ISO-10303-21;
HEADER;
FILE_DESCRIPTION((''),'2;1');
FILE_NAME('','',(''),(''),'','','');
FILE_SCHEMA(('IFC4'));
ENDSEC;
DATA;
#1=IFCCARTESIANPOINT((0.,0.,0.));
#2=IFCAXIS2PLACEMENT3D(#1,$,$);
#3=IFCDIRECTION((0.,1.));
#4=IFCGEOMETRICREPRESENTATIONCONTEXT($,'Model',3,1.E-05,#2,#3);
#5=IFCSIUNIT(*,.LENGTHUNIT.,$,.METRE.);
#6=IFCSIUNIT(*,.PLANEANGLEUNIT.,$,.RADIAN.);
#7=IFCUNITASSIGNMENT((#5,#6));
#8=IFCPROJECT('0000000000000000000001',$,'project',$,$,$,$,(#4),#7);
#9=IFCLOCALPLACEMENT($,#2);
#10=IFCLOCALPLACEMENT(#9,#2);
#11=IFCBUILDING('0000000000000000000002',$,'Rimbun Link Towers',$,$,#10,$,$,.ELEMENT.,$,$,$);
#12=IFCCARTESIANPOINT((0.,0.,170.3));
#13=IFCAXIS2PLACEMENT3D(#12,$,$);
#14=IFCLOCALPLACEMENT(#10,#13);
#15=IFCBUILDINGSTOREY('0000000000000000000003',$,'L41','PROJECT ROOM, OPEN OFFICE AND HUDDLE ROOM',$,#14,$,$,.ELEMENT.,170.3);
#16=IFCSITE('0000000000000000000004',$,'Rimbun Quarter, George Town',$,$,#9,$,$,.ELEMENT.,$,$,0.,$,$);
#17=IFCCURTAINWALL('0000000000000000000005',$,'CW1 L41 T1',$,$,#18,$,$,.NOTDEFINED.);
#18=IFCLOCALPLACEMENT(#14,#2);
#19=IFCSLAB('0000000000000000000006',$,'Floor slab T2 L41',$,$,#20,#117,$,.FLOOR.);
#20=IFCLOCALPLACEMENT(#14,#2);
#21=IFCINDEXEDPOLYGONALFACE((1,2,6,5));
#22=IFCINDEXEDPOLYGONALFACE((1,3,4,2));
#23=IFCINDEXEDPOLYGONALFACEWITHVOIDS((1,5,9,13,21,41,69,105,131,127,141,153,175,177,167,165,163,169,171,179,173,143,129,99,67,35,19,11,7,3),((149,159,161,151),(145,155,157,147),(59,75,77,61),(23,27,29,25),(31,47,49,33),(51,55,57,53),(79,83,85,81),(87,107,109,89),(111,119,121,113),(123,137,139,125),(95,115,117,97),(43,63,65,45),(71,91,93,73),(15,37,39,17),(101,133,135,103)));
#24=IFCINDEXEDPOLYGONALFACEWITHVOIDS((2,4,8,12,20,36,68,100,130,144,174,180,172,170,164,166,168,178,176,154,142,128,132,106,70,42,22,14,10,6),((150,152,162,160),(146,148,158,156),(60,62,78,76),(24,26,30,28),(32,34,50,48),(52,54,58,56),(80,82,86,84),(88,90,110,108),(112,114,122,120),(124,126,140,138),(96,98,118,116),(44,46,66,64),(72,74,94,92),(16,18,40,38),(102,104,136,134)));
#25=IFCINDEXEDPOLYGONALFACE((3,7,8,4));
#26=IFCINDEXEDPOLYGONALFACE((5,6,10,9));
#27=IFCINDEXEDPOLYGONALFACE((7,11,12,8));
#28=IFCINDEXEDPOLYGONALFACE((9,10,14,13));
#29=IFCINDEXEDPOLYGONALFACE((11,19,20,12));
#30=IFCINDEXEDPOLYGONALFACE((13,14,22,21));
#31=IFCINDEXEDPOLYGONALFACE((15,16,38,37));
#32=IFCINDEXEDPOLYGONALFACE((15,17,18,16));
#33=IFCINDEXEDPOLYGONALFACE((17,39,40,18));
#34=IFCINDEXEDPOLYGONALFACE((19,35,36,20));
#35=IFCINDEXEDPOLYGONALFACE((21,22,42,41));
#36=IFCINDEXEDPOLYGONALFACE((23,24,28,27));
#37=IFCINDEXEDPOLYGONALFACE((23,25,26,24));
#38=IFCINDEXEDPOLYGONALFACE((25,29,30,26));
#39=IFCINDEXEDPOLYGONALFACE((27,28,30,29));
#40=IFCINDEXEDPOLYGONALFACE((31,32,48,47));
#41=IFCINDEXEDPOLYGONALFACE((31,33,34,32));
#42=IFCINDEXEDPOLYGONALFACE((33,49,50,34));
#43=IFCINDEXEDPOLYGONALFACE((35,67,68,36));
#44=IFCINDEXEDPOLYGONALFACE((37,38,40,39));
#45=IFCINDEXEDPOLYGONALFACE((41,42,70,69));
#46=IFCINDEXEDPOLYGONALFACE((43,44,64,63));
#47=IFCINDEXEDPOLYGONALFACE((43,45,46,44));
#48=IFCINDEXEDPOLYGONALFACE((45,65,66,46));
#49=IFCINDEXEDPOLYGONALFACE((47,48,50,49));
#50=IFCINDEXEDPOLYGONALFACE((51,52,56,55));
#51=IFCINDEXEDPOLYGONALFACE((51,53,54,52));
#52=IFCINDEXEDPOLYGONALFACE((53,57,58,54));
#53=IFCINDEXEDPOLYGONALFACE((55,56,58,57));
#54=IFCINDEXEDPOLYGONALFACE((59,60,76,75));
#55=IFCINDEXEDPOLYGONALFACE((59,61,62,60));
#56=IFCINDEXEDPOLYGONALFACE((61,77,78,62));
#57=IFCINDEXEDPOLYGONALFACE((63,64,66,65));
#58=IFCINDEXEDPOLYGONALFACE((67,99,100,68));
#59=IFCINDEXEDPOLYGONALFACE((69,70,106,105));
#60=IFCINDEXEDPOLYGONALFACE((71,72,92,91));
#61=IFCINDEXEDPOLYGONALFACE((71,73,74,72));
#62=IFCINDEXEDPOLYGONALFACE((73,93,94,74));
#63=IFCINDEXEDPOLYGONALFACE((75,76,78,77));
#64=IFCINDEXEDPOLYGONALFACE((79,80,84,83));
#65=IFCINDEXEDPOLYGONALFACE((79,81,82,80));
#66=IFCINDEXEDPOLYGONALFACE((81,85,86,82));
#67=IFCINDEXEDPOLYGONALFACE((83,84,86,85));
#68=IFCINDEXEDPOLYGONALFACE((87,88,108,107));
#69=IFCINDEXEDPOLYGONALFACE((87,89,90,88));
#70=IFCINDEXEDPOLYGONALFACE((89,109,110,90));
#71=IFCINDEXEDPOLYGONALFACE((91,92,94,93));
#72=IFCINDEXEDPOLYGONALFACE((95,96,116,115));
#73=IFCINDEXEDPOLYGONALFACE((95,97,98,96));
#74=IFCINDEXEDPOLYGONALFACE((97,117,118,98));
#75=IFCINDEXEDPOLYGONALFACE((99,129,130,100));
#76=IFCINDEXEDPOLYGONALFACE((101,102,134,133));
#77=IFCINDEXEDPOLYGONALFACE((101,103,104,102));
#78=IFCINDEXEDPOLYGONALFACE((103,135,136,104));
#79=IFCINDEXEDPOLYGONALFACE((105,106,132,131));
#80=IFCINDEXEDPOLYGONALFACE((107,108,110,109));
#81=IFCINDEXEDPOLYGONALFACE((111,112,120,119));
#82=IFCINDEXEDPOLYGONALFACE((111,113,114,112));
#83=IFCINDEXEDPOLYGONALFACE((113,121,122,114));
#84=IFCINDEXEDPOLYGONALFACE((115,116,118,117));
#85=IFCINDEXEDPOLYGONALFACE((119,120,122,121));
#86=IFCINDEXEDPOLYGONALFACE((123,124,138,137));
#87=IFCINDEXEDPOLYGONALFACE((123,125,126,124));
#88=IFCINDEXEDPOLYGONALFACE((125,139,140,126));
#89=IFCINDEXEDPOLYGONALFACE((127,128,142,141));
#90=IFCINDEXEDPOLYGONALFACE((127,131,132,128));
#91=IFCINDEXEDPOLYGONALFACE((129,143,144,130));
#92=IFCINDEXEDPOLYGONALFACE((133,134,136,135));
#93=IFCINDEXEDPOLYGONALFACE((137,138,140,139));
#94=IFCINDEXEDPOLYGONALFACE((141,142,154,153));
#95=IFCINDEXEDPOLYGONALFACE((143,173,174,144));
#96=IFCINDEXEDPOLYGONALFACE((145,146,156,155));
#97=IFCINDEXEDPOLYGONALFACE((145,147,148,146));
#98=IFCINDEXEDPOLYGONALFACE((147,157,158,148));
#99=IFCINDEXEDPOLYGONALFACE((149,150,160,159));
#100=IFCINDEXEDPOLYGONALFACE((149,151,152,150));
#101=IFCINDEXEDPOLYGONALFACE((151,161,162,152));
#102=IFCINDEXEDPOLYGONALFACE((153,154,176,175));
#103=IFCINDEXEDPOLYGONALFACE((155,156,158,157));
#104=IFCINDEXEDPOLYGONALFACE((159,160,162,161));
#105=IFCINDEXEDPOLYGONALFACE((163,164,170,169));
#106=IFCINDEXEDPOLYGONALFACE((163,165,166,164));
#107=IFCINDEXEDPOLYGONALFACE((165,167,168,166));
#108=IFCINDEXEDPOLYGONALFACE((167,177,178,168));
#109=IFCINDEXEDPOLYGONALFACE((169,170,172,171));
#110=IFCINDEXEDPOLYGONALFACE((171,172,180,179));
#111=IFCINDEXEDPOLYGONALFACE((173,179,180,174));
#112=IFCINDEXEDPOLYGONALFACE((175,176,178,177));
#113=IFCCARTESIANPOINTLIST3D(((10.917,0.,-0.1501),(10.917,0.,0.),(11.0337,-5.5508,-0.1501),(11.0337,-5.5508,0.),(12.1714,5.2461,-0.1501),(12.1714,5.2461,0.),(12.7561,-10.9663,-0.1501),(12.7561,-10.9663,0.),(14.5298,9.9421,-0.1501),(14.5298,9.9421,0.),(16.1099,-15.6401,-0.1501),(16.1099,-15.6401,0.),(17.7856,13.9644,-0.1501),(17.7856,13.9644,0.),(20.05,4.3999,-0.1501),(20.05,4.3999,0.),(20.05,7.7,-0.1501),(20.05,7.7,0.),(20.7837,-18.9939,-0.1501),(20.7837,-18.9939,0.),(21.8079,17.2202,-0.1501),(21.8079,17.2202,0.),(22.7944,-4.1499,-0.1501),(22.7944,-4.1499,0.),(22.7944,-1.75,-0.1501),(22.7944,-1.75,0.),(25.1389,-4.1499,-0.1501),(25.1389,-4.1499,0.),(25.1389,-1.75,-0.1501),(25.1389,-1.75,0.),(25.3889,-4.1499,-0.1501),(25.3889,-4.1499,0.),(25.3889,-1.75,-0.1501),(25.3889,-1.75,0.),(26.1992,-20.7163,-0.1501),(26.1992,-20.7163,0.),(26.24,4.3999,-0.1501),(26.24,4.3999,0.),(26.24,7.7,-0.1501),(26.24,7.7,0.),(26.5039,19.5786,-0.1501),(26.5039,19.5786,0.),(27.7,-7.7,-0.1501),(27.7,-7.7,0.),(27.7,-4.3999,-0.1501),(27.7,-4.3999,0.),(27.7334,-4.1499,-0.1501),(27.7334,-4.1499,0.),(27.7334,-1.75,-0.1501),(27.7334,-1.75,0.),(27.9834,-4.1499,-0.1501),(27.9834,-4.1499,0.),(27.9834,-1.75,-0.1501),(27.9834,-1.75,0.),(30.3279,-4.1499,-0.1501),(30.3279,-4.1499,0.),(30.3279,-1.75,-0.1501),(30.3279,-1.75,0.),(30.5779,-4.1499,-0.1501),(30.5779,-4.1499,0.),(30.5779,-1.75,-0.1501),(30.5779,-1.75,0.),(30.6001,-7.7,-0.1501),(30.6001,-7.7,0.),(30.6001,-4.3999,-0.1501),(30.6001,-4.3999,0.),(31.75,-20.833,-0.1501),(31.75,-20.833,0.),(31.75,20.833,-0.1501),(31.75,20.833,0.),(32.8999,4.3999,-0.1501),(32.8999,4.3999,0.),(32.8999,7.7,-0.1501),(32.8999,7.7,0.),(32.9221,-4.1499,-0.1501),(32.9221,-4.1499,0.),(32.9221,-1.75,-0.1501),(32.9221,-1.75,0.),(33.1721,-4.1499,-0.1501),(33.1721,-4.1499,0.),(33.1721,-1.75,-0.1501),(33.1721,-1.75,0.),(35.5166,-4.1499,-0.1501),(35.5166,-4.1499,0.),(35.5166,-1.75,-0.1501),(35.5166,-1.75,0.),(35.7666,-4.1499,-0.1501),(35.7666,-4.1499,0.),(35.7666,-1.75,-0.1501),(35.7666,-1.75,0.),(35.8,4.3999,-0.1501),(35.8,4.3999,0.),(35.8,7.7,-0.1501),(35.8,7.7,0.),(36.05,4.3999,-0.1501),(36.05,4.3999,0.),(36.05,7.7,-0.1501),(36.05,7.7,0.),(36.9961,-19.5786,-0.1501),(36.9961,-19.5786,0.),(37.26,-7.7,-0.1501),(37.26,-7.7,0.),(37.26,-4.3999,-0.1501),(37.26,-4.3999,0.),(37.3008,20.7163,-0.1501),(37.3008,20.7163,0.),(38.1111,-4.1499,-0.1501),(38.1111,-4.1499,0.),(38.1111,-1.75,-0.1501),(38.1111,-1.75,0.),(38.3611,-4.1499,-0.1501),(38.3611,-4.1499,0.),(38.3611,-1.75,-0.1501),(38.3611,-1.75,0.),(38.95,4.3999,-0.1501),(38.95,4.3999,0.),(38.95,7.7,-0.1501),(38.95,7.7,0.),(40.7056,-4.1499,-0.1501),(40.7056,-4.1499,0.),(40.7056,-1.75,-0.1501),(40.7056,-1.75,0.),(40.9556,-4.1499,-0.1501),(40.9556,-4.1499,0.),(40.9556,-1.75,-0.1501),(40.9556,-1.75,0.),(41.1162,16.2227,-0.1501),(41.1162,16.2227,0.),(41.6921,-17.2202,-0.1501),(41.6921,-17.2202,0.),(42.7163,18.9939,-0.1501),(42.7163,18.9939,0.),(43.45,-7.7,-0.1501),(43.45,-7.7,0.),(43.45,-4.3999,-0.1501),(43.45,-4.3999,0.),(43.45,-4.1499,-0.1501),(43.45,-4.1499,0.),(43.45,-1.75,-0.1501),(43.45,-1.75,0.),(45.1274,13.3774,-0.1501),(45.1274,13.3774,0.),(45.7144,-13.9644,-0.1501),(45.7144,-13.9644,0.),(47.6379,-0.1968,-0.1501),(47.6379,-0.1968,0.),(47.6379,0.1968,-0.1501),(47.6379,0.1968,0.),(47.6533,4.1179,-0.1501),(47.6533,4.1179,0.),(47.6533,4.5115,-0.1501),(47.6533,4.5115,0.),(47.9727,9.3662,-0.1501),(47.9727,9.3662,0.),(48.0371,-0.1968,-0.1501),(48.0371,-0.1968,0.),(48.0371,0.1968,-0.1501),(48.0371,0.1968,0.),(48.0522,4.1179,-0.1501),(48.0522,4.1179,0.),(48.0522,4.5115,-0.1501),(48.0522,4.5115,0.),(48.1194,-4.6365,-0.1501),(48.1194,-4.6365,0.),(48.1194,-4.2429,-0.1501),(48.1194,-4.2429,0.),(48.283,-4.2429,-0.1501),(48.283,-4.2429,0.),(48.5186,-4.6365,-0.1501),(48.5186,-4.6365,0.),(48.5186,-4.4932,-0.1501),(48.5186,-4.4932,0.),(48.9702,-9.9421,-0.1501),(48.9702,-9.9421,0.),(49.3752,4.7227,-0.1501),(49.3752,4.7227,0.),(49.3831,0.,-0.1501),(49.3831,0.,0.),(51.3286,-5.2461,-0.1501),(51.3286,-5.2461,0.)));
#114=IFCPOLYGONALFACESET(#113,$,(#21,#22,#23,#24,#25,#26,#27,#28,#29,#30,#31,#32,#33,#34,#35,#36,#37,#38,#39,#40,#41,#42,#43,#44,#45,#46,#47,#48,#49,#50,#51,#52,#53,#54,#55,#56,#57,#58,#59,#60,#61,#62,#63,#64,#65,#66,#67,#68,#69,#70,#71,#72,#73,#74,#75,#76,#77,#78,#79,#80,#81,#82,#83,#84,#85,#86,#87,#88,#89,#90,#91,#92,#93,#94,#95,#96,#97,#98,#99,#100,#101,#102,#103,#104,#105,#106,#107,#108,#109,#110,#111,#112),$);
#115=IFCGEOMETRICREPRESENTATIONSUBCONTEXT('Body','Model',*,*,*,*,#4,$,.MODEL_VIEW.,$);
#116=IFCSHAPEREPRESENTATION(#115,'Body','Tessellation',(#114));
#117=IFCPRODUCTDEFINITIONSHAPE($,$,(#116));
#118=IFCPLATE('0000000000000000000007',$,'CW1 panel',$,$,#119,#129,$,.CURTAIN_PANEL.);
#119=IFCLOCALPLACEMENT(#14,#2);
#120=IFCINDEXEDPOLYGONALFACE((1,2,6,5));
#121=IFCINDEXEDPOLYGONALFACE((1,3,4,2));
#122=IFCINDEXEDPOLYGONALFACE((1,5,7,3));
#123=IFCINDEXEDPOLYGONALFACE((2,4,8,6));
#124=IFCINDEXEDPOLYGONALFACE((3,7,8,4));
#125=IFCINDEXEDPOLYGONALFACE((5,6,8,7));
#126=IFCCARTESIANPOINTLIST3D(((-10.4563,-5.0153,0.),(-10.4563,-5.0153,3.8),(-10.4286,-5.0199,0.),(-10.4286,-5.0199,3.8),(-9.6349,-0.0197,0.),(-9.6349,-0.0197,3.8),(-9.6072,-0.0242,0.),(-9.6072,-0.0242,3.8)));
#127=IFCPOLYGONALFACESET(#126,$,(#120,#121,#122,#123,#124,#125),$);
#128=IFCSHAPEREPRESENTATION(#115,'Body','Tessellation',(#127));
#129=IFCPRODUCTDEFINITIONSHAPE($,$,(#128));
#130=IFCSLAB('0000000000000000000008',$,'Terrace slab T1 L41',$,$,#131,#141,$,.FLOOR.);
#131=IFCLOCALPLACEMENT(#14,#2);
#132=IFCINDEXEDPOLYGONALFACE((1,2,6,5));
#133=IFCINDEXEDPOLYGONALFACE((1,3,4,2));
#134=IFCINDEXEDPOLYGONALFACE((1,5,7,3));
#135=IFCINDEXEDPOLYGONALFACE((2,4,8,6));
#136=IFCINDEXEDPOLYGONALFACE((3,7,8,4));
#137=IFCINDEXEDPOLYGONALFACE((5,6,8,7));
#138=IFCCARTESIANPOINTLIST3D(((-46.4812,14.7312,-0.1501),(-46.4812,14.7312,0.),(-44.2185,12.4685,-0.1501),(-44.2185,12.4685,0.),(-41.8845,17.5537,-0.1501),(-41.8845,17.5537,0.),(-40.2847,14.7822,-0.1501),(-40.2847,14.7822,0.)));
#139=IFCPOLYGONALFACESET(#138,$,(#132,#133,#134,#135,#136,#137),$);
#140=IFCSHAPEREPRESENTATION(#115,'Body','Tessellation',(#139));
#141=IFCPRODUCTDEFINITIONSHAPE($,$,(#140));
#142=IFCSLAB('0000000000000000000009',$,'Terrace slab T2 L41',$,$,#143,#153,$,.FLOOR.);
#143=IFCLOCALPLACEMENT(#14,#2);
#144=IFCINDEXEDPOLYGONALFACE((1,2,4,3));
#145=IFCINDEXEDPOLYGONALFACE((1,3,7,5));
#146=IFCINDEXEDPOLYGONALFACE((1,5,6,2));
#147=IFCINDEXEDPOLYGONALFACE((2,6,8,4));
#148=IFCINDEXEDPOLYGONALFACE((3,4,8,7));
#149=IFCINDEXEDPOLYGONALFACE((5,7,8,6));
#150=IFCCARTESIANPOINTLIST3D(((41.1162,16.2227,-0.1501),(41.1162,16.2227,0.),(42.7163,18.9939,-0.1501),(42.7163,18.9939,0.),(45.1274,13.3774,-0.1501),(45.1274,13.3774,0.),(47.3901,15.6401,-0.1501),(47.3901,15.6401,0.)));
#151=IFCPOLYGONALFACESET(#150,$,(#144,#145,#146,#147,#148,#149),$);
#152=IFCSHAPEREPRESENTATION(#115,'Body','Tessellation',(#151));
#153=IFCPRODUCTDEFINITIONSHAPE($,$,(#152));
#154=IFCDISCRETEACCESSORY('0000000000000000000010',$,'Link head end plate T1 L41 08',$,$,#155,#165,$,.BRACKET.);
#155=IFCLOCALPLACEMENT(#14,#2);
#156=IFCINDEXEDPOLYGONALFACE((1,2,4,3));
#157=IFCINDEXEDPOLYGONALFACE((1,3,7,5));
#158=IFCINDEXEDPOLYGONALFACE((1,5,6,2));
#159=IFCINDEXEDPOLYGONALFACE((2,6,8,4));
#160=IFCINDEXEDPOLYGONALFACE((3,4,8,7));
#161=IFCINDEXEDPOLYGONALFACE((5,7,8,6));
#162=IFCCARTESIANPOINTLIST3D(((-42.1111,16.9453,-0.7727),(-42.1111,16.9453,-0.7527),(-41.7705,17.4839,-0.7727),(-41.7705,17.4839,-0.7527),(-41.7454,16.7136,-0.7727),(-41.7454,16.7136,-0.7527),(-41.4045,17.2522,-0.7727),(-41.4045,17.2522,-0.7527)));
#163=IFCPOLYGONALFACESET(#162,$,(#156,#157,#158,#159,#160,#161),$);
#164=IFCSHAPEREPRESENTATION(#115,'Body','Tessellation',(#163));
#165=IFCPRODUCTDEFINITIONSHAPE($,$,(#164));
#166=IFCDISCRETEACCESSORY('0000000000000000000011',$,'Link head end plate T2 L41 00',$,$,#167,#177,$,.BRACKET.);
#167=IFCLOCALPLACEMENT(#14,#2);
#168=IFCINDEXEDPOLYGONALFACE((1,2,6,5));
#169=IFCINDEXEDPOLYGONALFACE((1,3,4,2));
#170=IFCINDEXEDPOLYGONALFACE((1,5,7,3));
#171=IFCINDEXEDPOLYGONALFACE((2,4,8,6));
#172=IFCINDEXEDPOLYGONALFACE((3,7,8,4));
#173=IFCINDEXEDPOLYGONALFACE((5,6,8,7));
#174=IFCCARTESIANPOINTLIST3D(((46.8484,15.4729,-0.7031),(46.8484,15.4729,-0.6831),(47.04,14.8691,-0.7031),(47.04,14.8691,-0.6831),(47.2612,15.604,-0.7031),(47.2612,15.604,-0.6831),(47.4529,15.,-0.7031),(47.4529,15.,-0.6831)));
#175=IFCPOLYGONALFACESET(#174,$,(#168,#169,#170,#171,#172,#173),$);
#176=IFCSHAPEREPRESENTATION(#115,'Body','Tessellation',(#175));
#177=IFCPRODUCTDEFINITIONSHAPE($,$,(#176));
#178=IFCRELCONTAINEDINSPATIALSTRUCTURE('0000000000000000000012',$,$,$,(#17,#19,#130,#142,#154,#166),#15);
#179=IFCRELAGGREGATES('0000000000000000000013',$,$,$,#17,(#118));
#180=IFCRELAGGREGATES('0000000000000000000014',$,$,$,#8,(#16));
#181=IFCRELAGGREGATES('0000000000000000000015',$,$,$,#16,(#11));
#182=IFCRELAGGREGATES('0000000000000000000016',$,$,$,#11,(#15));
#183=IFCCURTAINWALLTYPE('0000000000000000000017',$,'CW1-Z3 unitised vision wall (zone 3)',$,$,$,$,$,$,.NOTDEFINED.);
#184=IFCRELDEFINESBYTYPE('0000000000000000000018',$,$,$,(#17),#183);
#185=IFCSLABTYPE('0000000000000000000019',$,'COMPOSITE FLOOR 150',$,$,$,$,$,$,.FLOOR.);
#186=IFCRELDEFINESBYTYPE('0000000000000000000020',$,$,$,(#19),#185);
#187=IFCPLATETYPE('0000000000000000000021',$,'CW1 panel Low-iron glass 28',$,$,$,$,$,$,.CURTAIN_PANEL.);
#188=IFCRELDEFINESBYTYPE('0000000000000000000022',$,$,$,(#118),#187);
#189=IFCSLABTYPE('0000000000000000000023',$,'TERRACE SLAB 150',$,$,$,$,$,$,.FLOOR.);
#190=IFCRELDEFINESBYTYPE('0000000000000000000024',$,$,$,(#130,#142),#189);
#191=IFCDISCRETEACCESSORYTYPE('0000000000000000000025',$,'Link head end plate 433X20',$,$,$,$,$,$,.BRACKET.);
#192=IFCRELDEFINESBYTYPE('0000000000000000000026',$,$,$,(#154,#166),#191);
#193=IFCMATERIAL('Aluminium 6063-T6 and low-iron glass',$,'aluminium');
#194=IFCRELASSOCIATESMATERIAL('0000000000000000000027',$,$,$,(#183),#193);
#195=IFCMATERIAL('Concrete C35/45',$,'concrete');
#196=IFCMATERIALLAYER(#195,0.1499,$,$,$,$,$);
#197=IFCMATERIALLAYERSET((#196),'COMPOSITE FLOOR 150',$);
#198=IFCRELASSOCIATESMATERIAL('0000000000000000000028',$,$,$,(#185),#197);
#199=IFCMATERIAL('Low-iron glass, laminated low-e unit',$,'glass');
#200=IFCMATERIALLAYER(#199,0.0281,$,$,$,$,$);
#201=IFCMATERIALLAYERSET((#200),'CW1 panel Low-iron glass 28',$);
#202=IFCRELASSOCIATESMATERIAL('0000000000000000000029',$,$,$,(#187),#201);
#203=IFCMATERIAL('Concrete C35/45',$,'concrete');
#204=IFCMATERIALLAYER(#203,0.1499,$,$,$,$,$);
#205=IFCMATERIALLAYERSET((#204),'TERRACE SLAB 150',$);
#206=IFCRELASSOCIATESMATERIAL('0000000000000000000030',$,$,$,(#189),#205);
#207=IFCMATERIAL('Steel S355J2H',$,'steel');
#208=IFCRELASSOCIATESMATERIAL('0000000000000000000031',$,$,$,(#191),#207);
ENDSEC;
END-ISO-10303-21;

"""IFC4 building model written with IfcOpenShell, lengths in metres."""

from ifc_helpers import new_model, si_unit, direction, frame, origin, origin_2d, place, context, subcontext, project, spatial, polyline, rectangle, outline, extrude, material, layer, layer_set, material_profile, profile_set, type_object, element, aggregate, save


model = new_model("IFC4")

# Units and contexts
model_context = context("Model", 3, precision=1e-05, world=origin(), true_north=direction((0.0, 1.0)))
body_context = subcontext(model_context, "Body", "Model", "MODEL_VIEW")
ifc_project = project(units=[si_unit("LENGTHUNIT", "METRE"), si_unit("PLANEANGLEUNIT", "RADIAN")], contexts=[model_context])

# Site, building, storey
site_placement = place(None, origin())
site = spatial("IfcSite", under=ifc_project, at=site_placement, Name="Rimbun Quarter, George Town", CompositionType="ELEMENT", RefElevation=0.0)
building_placement = place(site_placement, origin())
building = spatial("IfcBuilding", under=site, at=building_placement, Name="Rimbun Link Towers", CompositionType="ELEMENT")
storey_placement = place(building_placement, frame((0.0, 0.0, 170.3)))
storey = spatial("IfcBuildingStorey", under=building, at=storey_placement, Name="L41", Description="PROJECT ROOM, OPEN OFFICE AND HUDDLE ROOM", CompositionType="ELEMENT", Elevation=170.3)

# Curtain wall
ifc_material_1 = material(Name="Aluminium 6063-T6 and low-iron glass", Category="aluminium")
curtain_wall_type = type_object("IfcCurtainWallType", Name="CW1-Z3 unitised vision wall (zone 3)", PredefinedType="NOTDEFINED", material=ifc_material_1)
curtain_wall_placement = place(storey_placement, origin())
curtain_wall = element("IfcCurtainWall", 1, at=curtain_wall_placement, inside=storey, type_object=curtain_wall_type, Name="CW1 L41 T1", PredefinedType="NOTDEFINED")

# Slab
ifc_material_2 = material(Name="Concrete C35/45", Category="concrete")
ifc_layer_1 = layer(ifc_material_2, 0.1499)
ifc_layer_set_1 = layer_set([ifc_layer_1], Name="COMPOSITE FLOOR 150")
slab_type_1 = type_object("IfcSlabType", Name="COMPOSITE FLOOR 150", PredefinedType="FLOOR", material=ifc_layer_set_1)
slab_1_placement = place(storey_placement, frame((0.0, 0.0, -0.1501)))
element("IfcSlab", 2, at=slab_1_placement, inside=storey, type_object=slab_type_1, Name="Floor slab T2 L41", PredefinedType="FLOOR", context=body_context, shape_type="SweptSolid", body=[
    extrude(outline(polyline([(51.3286, -5.2461), (48.9702, -9.9421), (45.7144, -13.9644), (41.6921, -17.2202), (36.9961, -19.5786), (31.75, -20.833), (26.1992, -20.7163), (20.7837, -18.9939), (16.1099, -15.6401), (12.7561, -10.9663), (11.0337, -5.5508), (10.917, 0.0), (12.1714, 5.2461), (14.5298, 9.9421), (17.7856, 13.9644), (21.8079, 17.2202), (26.5039, 19.5786), (31.75, 20.833), (37.3008, 20.7163), (42.7163, 18.9939), (41.1162, 16.2227), (45.1274, 13.3774), (47.9727, 9.3662), (49.3752, 4.7227), (49.3831, 0.0), (48.283, -4.2429), (48.1194, -4.2429), (48.1194, -4.6365), (48.5186, -4.6365), (48.5186, -4.4932), (51.3286, -5.2461)]), holes=[polyline([(30.6001, -7.7), (30.6001, -4.3999), (27.7, -4.3999), (27.7, -7.7), (30.6001, -7.7)]), polyline([(25.1389, -4.1499), (25.1389, -1.75), (22.7944, -1.75), (22.7944, -4.1499), (25.1389, -4.1499)]), polyline([(27.7334, -4.1499), (27.7334, -1.75), (25.3889, -1.75), (25.3889, -4.1499), (27.7334, -4.1499)]), polyline([(30.3279, -4.1499), (30.3279, -1.75), (27.9834, -1.75), (27.9834, -4.1499), (30.3279, -4.1499)]), polyline([(32.9221, -4.1499), (32.9221, -1.75), (30.5779, -1.75), (30.5779, -4.1499), (32.9221, -4.1499)]), polyline([(35.5166, -4.1499), (35.5166, -1.75), (33.1721, -1.75), (33.1721, -4.1499), (35.5166, -4.1499)]), polyline([(26.24, 4.3999), (26.24, 7.7), (20.05, 7.7), (20.05, 4.3999), (26.24, 4.3999)]), polyline([(35.8, 4.3999), (35.8, 7.7), (32.8999, 7.7), (32.8999, 4.3999), (35.8, 4.3999)]), polyline([(43.45, -7.7), (43.45, -4.3999), (37.26, -4.3999), (37.26, -7.7), (43.45, -7.7)]), polyline([(38.1111, -4.1499), (38.1111, -1.75), (35.7666, -1.75), (35.7666, -4.1499), (38.1111, -4.1499)]), polyline([(40.7056, -4.1499), (40.7056, -1.75), (38.3611, -1.75), (38.3611, -4.1499), (40.7056, -4.1499)]), polyline([(43.45, -4.1499), (43.45, -1.75), (40.9556, -1.75), (40.9556, -4.1499), (43.45, -4.1499)]), polyline([(48.0371, -0.1968), (48.0371, 0.1968), (47.6379, 0.1968), (47.6379, -0.1968), (48.0371, -0.1968)]), polyline([(48.0522, 4.1179), (48.0522, 4.5115), (47.6533, 4.5115), (47.6533, 4.1179), (48.0522, 4.1179)]), polyline([(38.95, 4.3999), (38.95, 7.7), (36.05, 7.7), (36.05, 4.3999), (38.95, 4.3999)])]), origin(), (0.0, 0.0, 1.0), 0.1501),
])

# Plate
ifc_material_3 = material(Name="Low-iron glass, laminated low-e unit", Category="glass")
ifc_layer_2 = layer(ifc_material_3, 0.0281)
ifc_layer_set_2 = layer_set([ifc_layer_2], Name="CW1 panel Low-iron glass 28")
plate_type = type_object("IfcPlateType", Name="CW1 panel Low-iron glass 28", PredefinedType="CURTAIN_PANEL", material=ifc_layer_set_2)
plate_placement = place(storey_placement, frame((-10.0317, -2.5198, 0.0), z_axis=(0.0, 0.0, 1.0), x_axis=(-0.162253, -0.986749, 0.0)))
plate = element("IfcPlate", 3, at=plate_placement, type_object=plate_type, Name="CW1 panel", PredefinedType="CURTAIN_PANEL", context=body_context, shape_type="SweptSolid", body=[
    extrude(rectangle(XDim=5.0627, YDim=0.0281, at=origin_2d()), origin(), (0.0, 0.0, 1.0), 3.8),
])
aggregate(curtain_wall, [plate])

# Slabs
ifc_material_4 = material(Name="Concrete C35/45", Category="concrete")
ifc_layer_3 = layer(ifc_material_4, 0.1499)
ifc_layer_set_3 = layer_set([ifc_layer_3], Name="TERRACE SLAB 150")
slab_type_2 = type_object("IfcSlabType", Name="TERRACE SLAB 150", PredefinedType="FLOOR", material=ifc_layer_set_3)
slab_2_placement = place(storey_placement, frame((0.0, 0.0, -0.1501)))
element("IfcSlab", 4, at=slab_2_placement, inside=storey, type_object=slab_type_2, Name="Terrace slab T1 L41", PredefinedType="FLOOR", context=body_context, shape_type="SweptSolid", body=[
    extrude(outline(polyline([(-40.2847, 14.7822), (-44.2185, 12.4685), (-46.4812, 14.7312), (-41.8845, 17.5537), (-40.2847, 14.7822)])), origin(), (0.0, 0.0, 1.0), 0.1501),
])
slab_3_placement = place(storey_placement, frame((0.0, 0.0, -0.1501)))
element("IfcSlab", 5, at=slab_3_placement, inside=storey, type_object=slab_type_2, Name="Terrace slab T2 L41", PredefinedType="FLOOR", context=body_context, shape_type="SweptSolid", body=[
    extrude(outline(polyline([(45.1274, 13.3774), (41.1162, 16.2227), (42.7163, 18.9939), (47.3901, 15.6401), (45.1274, 13.3774)])), origin(), (0.0, 0.0, 1.0), 0.1501),
])

# Discrete accessories
ifc_material_5 = material(Name="Steel S355J2H", Category="steel")
ifc_material_profile_1 = material_profile(ifc_material_5, rectangle(XDim=0.4331, YDim=0.4331, at=origin_2d()), Name="PL 433x433")
ifc_profile_set_1 = profile_set([ifc_material_profile_1], Name="Steel S355J2H")
discrete_accessory_type = type_object("IfcDiscreteAccessoryType", Name="Link head end plate 433X20", PredefinedType="BRACKET", material=ifc_profile_set_1)
discrete_accessory_1_placement = place(storey_placement, frame((0.0, 0.0, -0.7727)))
element("IfcDiscreteAccessory", 6, at=discrete_accessory_1_placement, inside=storey, type_object=discrete_accessory_type, Name="Link head end plate T1 L41 08", PredefinedType="BRACKET", context=body_context, shape_type="SweptSolid", body=[
    extrude(outline(polyline([(-41.7454, 16.7136), (-41.4045, 17.2522), (-41.7705, 17.4839), (-42.1111, 16.9453), (-41.7454, 16.7136)])), origin(), (0.0, 0.0, 1.0), 0.02),
])
discrete_accessory_2_placement = place(storey_placement, frame((0.0, 0.0, -0.7031)))
element("IfcDiscreteAccessory", 7, at=discrete_accessory_2_placement, inside=storey, type_object=discrete_accessory_type, Name="Link head end plate T2 L41 00", PredefinedType="BRACKET", context=body_context, shape_type="SweptSolid", body=[
    extrude(outline(polyline([(47.4529, 15.0), (47.2612, 15.604), (46.8484, 15.4729), (47.04, 14.8691), (47.4529, 15.0)])), origin(), (0.0, 0.0, 1.0), 0.02),
])

save(model, "model.ifc")
